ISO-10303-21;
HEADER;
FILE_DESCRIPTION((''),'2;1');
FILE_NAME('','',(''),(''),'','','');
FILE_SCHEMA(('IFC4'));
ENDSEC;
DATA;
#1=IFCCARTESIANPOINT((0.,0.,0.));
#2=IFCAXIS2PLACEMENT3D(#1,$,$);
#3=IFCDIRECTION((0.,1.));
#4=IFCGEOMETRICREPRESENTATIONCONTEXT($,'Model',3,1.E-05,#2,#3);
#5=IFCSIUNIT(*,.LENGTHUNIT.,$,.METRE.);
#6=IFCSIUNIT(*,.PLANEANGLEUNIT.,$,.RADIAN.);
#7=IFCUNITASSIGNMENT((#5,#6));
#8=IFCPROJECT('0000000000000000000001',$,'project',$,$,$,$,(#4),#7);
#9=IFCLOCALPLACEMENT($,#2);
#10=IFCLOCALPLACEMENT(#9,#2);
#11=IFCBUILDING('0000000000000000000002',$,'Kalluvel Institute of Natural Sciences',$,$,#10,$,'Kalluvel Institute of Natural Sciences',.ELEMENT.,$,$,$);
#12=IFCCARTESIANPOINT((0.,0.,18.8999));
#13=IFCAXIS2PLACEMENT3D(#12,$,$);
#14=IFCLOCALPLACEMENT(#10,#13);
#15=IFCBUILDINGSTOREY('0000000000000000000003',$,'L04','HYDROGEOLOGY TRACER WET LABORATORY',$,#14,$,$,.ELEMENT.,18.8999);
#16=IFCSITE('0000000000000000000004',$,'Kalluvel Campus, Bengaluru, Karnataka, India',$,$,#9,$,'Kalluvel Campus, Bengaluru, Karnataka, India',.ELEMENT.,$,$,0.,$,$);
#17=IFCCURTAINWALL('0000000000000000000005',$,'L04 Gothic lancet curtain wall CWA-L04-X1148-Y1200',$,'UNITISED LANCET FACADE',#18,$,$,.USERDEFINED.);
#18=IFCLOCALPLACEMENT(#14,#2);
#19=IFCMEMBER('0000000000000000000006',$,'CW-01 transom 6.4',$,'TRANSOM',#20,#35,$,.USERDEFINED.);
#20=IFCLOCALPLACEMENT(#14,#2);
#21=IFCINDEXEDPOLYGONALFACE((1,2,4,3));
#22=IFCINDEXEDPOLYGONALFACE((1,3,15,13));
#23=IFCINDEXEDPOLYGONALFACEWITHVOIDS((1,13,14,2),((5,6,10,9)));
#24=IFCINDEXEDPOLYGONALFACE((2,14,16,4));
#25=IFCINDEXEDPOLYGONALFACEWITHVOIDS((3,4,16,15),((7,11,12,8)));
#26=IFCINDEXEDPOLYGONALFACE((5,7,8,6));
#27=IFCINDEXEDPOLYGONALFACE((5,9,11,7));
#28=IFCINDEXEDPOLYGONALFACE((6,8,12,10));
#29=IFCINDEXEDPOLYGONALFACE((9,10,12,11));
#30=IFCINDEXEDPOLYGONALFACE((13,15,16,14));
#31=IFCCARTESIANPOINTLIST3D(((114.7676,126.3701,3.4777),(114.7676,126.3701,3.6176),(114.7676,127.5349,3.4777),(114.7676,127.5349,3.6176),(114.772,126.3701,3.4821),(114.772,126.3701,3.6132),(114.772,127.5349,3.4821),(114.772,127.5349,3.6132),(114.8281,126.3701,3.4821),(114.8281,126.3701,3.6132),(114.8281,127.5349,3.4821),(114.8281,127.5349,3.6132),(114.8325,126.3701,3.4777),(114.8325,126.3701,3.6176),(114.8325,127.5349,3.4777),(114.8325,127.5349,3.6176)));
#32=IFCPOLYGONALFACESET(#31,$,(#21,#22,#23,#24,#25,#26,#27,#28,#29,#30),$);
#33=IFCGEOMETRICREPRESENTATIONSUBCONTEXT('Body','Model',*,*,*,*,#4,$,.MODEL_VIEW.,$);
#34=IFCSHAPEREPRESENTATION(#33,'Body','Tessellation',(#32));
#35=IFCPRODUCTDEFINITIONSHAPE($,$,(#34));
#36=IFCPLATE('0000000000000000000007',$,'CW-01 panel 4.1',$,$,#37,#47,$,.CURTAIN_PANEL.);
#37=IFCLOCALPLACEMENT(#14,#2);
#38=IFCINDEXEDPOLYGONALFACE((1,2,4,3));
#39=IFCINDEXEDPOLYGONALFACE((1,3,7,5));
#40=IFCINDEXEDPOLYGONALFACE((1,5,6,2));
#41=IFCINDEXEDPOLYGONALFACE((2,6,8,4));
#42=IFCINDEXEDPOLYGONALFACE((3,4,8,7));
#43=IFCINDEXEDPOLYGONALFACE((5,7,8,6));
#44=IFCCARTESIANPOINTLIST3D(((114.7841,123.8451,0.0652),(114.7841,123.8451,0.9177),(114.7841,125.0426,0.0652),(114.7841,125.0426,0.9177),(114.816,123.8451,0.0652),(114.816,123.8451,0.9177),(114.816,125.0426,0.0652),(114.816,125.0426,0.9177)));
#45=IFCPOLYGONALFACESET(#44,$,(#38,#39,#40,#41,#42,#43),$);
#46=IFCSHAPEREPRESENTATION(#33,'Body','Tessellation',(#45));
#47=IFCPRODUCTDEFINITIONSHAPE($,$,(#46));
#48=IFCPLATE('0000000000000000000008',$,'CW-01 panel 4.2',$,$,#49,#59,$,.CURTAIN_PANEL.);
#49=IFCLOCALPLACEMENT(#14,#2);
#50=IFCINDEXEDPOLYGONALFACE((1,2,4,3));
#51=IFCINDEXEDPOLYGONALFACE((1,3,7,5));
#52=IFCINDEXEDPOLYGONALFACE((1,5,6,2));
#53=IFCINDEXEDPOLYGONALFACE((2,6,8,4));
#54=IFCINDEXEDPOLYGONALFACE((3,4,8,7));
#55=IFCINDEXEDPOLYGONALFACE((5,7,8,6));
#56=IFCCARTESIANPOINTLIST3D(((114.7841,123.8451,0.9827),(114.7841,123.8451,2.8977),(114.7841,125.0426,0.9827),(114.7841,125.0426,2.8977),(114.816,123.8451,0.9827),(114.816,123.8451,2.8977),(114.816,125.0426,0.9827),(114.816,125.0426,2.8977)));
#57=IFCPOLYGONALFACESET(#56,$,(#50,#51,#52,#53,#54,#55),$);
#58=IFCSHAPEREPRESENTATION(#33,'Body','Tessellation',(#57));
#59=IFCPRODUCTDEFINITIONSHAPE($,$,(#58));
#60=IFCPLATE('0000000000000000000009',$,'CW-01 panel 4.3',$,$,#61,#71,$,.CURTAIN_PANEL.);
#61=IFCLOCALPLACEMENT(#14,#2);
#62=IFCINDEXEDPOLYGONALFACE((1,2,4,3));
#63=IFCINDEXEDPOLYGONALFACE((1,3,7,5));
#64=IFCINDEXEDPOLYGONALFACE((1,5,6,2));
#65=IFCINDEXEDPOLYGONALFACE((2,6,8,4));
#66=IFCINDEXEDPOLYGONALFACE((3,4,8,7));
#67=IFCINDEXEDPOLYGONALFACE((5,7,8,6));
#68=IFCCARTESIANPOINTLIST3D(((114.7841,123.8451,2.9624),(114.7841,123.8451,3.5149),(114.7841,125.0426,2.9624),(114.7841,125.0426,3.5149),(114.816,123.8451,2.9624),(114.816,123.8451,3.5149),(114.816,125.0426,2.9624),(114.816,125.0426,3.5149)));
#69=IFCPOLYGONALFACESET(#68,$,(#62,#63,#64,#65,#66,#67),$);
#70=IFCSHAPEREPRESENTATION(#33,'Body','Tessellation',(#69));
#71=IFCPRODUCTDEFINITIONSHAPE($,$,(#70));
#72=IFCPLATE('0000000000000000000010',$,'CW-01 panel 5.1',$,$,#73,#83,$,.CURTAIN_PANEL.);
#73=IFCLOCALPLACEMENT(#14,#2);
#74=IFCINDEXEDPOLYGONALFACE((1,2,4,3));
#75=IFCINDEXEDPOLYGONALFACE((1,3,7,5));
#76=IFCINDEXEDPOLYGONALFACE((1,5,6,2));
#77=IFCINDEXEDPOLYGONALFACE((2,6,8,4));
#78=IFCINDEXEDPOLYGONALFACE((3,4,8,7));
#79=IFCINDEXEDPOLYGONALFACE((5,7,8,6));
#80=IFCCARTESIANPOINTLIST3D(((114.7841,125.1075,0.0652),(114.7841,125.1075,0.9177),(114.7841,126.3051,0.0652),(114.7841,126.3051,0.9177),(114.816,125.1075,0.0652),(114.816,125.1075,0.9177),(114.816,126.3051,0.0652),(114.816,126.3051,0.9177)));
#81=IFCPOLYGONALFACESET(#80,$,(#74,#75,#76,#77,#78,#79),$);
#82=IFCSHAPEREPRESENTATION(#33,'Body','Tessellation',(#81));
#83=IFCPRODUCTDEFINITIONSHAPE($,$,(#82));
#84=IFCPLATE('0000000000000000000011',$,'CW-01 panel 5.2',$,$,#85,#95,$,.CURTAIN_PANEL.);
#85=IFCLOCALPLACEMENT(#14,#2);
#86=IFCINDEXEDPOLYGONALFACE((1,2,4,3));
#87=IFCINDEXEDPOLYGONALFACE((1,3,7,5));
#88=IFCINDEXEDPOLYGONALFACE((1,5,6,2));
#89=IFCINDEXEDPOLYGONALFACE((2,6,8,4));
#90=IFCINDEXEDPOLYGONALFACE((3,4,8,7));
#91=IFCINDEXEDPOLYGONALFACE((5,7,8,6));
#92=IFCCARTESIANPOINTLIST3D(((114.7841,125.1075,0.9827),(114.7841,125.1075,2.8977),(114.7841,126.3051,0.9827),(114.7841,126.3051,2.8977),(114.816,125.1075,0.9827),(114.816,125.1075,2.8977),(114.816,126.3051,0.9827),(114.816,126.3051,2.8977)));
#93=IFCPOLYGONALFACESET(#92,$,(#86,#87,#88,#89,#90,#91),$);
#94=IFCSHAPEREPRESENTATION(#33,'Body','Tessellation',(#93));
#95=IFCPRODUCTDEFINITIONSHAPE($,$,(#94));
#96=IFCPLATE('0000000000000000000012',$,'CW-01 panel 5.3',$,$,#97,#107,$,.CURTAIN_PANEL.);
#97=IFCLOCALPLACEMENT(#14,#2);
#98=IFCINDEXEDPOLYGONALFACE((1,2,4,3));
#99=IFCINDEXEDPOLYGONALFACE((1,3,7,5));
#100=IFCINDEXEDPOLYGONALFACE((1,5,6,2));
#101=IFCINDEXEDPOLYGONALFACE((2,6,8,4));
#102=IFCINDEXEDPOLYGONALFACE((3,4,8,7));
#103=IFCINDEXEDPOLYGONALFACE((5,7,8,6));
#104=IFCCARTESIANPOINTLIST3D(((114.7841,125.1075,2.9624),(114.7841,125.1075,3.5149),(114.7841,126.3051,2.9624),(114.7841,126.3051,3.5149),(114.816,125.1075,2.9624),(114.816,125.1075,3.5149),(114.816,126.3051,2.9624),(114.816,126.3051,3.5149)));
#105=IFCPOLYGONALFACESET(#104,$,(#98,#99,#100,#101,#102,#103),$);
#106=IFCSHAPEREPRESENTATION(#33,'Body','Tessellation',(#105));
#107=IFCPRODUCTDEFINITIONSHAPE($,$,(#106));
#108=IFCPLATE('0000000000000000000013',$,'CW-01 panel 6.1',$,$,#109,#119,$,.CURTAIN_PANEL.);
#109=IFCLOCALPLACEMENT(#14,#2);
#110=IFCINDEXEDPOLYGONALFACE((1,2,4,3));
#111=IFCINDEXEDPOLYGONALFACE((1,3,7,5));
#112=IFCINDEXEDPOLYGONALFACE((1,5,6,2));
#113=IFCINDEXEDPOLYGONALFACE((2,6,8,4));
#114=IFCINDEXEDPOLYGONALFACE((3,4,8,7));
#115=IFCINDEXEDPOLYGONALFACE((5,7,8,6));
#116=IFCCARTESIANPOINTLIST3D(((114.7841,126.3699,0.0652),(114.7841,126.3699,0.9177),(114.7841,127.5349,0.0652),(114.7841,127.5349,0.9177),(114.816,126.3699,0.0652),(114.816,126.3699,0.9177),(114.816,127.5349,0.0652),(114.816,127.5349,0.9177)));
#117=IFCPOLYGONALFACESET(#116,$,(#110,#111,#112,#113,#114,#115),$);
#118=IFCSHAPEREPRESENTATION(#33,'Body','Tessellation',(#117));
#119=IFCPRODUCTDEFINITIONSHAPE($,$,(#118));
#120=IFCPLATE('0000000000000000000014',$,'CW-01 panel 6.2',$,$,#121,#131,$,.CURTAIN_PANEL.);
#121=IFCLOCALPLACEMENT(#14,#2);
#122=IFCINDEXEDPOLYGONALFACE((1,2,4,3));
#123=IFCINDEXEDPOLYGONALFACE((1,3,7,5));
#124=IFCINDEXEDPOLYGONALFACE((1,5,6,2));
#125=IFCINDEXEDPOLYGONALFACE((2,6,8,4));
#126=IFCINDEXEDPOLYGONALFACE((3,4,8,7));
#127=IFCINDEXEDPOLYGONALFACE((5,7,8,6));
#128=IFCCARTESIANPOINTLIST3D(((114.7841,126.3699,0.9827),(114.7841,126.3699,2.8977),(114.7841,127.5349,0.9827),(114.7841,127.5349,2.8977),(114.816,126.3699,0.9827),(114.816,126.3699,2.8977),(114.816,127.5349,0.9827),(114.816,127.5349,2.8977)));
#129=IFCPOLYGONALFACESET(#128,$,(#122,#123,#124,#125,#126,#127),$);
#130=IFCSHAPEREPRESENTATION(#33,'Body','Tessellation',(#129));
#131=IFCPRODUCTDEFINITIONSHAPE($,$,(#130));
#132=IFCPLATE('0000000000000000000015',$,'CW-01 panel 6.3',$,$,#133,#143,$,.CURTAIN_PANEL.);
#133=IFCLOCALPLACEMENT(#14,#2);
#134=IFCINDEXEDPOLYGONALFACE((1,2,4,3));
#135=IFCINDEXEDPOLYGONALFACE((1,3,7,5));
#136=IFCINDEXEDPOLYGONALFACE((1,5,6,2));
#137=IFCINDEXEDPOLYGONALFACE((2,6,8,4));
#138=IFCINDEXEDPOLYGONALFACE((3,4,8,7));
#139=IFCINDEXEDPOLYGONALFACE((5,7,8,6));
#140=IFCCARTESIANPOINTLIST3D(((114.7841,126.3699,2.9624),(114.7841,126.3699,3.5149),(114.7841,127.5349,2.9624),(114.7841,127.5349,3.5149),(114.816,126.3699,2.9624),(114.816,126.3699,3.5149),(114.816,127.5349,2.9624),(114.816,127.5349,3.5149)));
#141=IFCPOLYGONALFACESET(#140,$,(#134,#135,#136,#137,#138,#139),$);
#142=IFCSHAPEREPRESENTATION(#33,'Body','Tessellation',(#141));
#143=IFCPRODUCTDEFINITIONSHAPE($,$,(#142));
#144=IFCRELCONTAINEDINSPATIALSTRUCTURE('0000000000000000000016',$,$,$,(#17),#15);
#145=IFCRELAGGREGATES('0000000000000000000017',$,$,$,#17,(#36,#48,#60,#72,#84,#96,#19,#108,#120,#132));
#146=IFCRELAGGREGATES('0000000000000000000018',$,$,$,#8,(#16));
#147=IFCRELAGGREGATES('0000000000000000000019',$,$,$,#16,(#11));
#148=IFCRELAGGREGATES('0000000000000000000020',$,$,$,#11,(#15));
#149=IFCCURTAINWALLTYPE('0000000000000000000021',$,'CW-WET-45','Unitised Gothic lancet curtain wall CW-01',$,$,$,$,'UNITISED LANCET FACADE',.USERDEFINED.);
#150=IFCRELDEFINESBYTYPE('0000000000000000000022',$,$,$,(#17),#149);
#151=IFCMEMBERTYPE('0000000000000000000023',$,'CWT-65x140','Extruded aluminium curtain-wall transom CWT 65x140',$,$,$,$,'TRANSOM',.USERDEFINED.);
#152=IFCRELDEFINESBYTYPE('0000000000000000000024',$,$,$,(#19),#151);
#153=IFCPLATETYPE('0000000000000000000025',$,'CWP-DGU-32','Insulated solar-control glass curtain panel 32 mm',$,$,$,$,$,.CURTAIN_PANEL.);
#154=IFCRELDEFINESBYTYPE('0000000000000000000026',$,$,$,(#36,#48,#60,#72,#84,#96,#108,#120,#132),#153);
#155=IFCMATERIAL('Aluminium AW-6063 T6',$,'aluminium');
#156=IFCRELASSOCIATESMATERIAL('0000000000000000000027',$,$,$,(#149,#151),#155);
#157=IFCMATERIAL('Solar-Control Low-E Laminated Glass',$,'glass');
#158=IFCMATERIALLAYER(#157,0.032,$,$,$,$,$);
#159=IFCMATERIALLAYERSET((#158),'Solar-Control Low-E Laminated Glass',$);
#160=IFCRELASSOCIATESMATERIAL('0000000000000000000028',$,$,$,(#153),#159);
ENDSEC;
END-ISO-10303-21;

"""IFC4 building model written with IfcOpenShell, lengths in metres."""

from ifc_helpers import new_model, si_unit, direction, frame, origin, origin_2d, place, context, subcontext, project, spatial, rectangle, hollow_rectangle, extrude, material, layer, layer_set, material_profile, profile_set, type_object, element, aggregate, save


model = new_model("IFC4")

# Units and contexts
model_context = context("Model", 3, precision=1e-05, world=origin(), true_north=direction((0.0, 1.0)))
body_context = subcontext(model_context, "Body", "Model", "MODEL_VIEW")
ifc_project = project(units=[si_unit("LENGTHUNIT", "METRE"), si_unit("PLANEANGLEUNIT", "RADIAN")], contexts=[model_context])

# Site, building, storey
site_placement = place(None, origin())
site = spatial("IfcSite", under=ifc_project, at=site_placement, Name="Kalluvel Campus, Bengaluru, Karnataka, India", LongName="Kalluvel Campus, Bengaluru, Karnataka, India", CompositionType="ELEMENT", RefElevation=0.0)
building_placement = place(site_placement, origin())
building = spatial("IfcBuilding", under=site, at=building_placement, Name="Kalluvel Institute of Natural Sciences", LongName="Kalluvel Institute of Natural Sciences", CompositionType="ELEMENT")
storey_placement = place(building_placement, frame((0.0, 0.0, 18.8999)))
storey = spatial("IfcBuildingStorey", under=building, at=storey_placement, Name="L04", Description="HYDROGEOLOGY TRACER WET LABORATORY", CompositionType="ELEMENT", Elevation=18.8999)

# Curtain wall, member, plates
ifc_material_1 = material(Name="Aluminium AW-6063 T6", Category="aluminium")
curtain_wall_type = type_object("IfcCurtainWallType", Name="CW-WET-45", Description="Unitised Gothic lancet curtain wall CW-01", ElementType="UNITISED LANCET FACADE", PredefinedType="USERDEFINED", material=ifc_material_1)
curtain_wall_placement = place(storey_placement, origin())
curtain_wall = element("IfcCurtainWall", 1, at=curtain_wall_placement, inside=storey, type_object=curtain_wall_type, Name="L04 Gothic lancet curtain wall CWA-L04-X1148-Y1200", ObjectType="UNITISED LANCET FACADE", PredefinedType="USERDEFINED")
ifc_material_profile_1 = material_profile(ifc_material_1, hollow_rectangle(XDim=0.0649, YDim=0.1399, WallThickness=0.0044, at=origin_2d()), Name="CWT 65x140")
ifc_profile_set_1 = profile_set([ifc_material_profile_1], Name="Aluminium AW-6063 T6")
member_type_1 = type_object("IfcMemberType", Name="CWT-65x140", Description="Extruded aluminium curtain-wall transom CWT 65x140", ElementType="TRANSOM", PredefinedType="USERDEFINED", material=ifc_profile_set_1)
member_1_placement = place(storey_placement, frame((114.8, 126.3701, 3.5476), z_axis=(0.0, 1.0, 0.0), x_axis=(-1.0, 0.0, 0.0)))
member_1 = element("IfcMember", 2, at=member_1_placement, type_object=member_type_1, Name="CW-01 transom 6.4", ObjectType="TRANSOM", PredefinedType="USERDEFINED", context=body_context, shape_type="SweptSolid", body=[
    extrude(hollow_rectangle(XDim=0.0649, YDim=0.1399, WallThickness=0.0044, at=origin_2d()), origin(), (0.0, 0.0, 1.0), 1.1648),
])
ifc_material_2 = material(Name="Solar-Control Low-E Laminated Glass", Category="glass")
ifc_layer = layer(ifc_material_2, 0.032)
ifc_layer_set = layer_set([ifc_layer], Name="Solar-Control Low-E Laminated Glass")
plate_type = type_object("IfcPlateType", Name="CWP-DGU-32", Description="Insulated solar-control glass curtain panel 32 mm", PredefinedType="CURTAIN_PANEL", material=ifc_layer_set)
plate_1_placement = place(storey_placement, frame((114.8, 124.4438, 0.0652), z_axis=(0.0, 0.0, 1.0), x_axis=(0.0, 1.0, 0.0)))
plate_1 = element("IfcPlate", 3, at=plate_1_placement, type_object=plate_type, Name="CW-01 panel 4.1", PredefinedType="CURTAIN_PANEL", context=body_context, shape_type="SweptSolid", body=[
    extrude(rectangle(XDim=1.1975, YDim=0.032, at=origin_2d()), origin(), (0.0, 0.0, 1.0), 0.8525),
])
plate_2_placement = place(storey_placement, frame((114.8, 124.4438, 0.9827), z_axis=(0.0, 0.0, 1.0), x_axis=(0.0, 1.0, 0.0)))
plate_2 = element("IfcPlate", 4, at=plate_2_placement, type_object=plate_type, Name="CW-01 panel 4.2", PredefinedType="CURTAIN_PANEL", context=body_context, shape_type="SweptSolid", body=[
    extrude(rectangle(XDim=1.1975, YDim=0.032, at=origin_2d()), origin(), (0.0, 0.0, 1.0), 1.915),
])
plate_3_placement = place(storey_placement, frame((114.8, 124.4438, 2.9624), z_axis=(0.0, 0.0, 1.0), x_axis=(0.0, 1.0, 0.0)))
plate_3 = element("IfcPlate", 5, at=plate_3_placement, type_object=plate_type, Name="CW-01 panel 4.3", PredefinedType="CURTAIN_PANEL", context=body_context, shape_type="SweptSolid", body=[
    extrude(rectangle(XDim=1.1975, YDim=0.032, at=origin_2d()), origin(), (0.0, 0.0, 1.0), 0.5525),
])
plate_4_placement = place(storey_placement, frame((114.8, 125.7063, 0.0652), z_axis=(0.0, 0.0, 1.0), x_axis=(0.0, 1.0, 0.0)))
plate_4 = element("IfcPlate", 6, at=plate_4_placement, type_object=plate_type, Name="CW-01 panel 5.1", PredefinedType="CURTAIN_PANEL", context=body_context, shape_type="SweptSolid", body=[
    extrude(rectangle(XDim=1.1975, YDim=0.032, at=origin_2d()), origin(), (0.0, 0.0, 1.0), 0.8525),
])
plate_5_placement = place(storey_placement, frame((114.8, 125.7063, 0.9827), z_axis=(0.0, 0.0, 1.0), x_axis=(0.0, 1.0, 0.0)))
plate_5 = element("IfcPlate", 7, at=plate_5_placement, type_object=plate_type, Name="CW-01 panel 5.2", PredefinedType="CURTAIN_PANEL", context=body_context, shape_type="SweptSolid", body=[
    extrude(rectangle(XDim=1.1975, YDim=0.032, at=origin_2d()), origin(), (0.0, 0.0, 1.0), 1.915),
])
plate_6_placement = place(storey_placement, frame((114.8, 125.7063, 2.9624), z_axis=(0.0, 0.0, 1.0), x_axis=(0.0, 1.0, 0.0)))
plate_6 = element("IfcPlate", 8, at=plate_6_placement, type_object=plate_type, Name="CW-01 panel 5.3", PredefinedType="CURTAIN_PANEL", context=body_context, shape_type="SweptSolid", body=[
    extrude(rectangle(XDim=1.1975, YDim=0.032, at=origin_2d()), origin(), (0.0, 0.0, 1.0), 0.5525),
])
plate_7_placement = place(storey_placement, frame((114.8, 126.9524, 0.0652), z_axis=(0.0, 0.0, 1.0), x_axis=(0.0, 1.0, 0.0)))
plate_7 = element("IfcPlate", 9, at=plate_7_placement, type_object=plate_type, Name="CW-01 panel 6.1", PredefinedType="CURTAIN_PANEL", context=body_context, shape_type="SweptSolid", body=[
    extrude(rectangle(XDim=1.165, YDim=0.032, at=origin_2d()), origin(), (0.0, 0.0, 1.0), 0.8525),
])
plate_8_placement = place(storey_placement, frame((114.8, 126.9524, 0.9827), z_axis=(0.0, 0.0, 1.0), x_axis=(0.0, 1.0, 0.0)))
plate_8 = element("IfcPlate", 10, at=plate_8_placement, type_object=plate_type, Name="CW-01 panel 6.2", PredefinedType="CURTAIN_PANEL", context=body_context, shape_type="SweptSolid", body=[
    extrude(rectangle(XDim=1.165, YDim=0.032, at=origin_2d()), origin(), (0.0, 0.0, 1.0), 1.915),
])
plate_9_placement = place(storey_placement, frame((114.8, 126.9524, 2.9624), z_axis=(0.0, 0.0, 1.0), x_axis=(0.0, 1.0, 0.0)))
plate_9 = element("IfcPlate", 11, at=plate_9_placement, type_object=plate_type, Name="CW-01 panel 6.3", PredefinedType="CURTAIN_PANEL", context=body_context, shape_type="SweptSolid", body=[
    extrude(rectangle(XDim=1.165, YDim=0.032, at=origin_2d()), origin(), (0.0, 0.0, 1.0), 0.5525),
])
aggregate(curtain_wall, [plate_1, plate_2, plate_3, plate_4, plate_5, plate_6, member_1, plate_7, plate_8, plate_9])

save(model, "model.ifc")
